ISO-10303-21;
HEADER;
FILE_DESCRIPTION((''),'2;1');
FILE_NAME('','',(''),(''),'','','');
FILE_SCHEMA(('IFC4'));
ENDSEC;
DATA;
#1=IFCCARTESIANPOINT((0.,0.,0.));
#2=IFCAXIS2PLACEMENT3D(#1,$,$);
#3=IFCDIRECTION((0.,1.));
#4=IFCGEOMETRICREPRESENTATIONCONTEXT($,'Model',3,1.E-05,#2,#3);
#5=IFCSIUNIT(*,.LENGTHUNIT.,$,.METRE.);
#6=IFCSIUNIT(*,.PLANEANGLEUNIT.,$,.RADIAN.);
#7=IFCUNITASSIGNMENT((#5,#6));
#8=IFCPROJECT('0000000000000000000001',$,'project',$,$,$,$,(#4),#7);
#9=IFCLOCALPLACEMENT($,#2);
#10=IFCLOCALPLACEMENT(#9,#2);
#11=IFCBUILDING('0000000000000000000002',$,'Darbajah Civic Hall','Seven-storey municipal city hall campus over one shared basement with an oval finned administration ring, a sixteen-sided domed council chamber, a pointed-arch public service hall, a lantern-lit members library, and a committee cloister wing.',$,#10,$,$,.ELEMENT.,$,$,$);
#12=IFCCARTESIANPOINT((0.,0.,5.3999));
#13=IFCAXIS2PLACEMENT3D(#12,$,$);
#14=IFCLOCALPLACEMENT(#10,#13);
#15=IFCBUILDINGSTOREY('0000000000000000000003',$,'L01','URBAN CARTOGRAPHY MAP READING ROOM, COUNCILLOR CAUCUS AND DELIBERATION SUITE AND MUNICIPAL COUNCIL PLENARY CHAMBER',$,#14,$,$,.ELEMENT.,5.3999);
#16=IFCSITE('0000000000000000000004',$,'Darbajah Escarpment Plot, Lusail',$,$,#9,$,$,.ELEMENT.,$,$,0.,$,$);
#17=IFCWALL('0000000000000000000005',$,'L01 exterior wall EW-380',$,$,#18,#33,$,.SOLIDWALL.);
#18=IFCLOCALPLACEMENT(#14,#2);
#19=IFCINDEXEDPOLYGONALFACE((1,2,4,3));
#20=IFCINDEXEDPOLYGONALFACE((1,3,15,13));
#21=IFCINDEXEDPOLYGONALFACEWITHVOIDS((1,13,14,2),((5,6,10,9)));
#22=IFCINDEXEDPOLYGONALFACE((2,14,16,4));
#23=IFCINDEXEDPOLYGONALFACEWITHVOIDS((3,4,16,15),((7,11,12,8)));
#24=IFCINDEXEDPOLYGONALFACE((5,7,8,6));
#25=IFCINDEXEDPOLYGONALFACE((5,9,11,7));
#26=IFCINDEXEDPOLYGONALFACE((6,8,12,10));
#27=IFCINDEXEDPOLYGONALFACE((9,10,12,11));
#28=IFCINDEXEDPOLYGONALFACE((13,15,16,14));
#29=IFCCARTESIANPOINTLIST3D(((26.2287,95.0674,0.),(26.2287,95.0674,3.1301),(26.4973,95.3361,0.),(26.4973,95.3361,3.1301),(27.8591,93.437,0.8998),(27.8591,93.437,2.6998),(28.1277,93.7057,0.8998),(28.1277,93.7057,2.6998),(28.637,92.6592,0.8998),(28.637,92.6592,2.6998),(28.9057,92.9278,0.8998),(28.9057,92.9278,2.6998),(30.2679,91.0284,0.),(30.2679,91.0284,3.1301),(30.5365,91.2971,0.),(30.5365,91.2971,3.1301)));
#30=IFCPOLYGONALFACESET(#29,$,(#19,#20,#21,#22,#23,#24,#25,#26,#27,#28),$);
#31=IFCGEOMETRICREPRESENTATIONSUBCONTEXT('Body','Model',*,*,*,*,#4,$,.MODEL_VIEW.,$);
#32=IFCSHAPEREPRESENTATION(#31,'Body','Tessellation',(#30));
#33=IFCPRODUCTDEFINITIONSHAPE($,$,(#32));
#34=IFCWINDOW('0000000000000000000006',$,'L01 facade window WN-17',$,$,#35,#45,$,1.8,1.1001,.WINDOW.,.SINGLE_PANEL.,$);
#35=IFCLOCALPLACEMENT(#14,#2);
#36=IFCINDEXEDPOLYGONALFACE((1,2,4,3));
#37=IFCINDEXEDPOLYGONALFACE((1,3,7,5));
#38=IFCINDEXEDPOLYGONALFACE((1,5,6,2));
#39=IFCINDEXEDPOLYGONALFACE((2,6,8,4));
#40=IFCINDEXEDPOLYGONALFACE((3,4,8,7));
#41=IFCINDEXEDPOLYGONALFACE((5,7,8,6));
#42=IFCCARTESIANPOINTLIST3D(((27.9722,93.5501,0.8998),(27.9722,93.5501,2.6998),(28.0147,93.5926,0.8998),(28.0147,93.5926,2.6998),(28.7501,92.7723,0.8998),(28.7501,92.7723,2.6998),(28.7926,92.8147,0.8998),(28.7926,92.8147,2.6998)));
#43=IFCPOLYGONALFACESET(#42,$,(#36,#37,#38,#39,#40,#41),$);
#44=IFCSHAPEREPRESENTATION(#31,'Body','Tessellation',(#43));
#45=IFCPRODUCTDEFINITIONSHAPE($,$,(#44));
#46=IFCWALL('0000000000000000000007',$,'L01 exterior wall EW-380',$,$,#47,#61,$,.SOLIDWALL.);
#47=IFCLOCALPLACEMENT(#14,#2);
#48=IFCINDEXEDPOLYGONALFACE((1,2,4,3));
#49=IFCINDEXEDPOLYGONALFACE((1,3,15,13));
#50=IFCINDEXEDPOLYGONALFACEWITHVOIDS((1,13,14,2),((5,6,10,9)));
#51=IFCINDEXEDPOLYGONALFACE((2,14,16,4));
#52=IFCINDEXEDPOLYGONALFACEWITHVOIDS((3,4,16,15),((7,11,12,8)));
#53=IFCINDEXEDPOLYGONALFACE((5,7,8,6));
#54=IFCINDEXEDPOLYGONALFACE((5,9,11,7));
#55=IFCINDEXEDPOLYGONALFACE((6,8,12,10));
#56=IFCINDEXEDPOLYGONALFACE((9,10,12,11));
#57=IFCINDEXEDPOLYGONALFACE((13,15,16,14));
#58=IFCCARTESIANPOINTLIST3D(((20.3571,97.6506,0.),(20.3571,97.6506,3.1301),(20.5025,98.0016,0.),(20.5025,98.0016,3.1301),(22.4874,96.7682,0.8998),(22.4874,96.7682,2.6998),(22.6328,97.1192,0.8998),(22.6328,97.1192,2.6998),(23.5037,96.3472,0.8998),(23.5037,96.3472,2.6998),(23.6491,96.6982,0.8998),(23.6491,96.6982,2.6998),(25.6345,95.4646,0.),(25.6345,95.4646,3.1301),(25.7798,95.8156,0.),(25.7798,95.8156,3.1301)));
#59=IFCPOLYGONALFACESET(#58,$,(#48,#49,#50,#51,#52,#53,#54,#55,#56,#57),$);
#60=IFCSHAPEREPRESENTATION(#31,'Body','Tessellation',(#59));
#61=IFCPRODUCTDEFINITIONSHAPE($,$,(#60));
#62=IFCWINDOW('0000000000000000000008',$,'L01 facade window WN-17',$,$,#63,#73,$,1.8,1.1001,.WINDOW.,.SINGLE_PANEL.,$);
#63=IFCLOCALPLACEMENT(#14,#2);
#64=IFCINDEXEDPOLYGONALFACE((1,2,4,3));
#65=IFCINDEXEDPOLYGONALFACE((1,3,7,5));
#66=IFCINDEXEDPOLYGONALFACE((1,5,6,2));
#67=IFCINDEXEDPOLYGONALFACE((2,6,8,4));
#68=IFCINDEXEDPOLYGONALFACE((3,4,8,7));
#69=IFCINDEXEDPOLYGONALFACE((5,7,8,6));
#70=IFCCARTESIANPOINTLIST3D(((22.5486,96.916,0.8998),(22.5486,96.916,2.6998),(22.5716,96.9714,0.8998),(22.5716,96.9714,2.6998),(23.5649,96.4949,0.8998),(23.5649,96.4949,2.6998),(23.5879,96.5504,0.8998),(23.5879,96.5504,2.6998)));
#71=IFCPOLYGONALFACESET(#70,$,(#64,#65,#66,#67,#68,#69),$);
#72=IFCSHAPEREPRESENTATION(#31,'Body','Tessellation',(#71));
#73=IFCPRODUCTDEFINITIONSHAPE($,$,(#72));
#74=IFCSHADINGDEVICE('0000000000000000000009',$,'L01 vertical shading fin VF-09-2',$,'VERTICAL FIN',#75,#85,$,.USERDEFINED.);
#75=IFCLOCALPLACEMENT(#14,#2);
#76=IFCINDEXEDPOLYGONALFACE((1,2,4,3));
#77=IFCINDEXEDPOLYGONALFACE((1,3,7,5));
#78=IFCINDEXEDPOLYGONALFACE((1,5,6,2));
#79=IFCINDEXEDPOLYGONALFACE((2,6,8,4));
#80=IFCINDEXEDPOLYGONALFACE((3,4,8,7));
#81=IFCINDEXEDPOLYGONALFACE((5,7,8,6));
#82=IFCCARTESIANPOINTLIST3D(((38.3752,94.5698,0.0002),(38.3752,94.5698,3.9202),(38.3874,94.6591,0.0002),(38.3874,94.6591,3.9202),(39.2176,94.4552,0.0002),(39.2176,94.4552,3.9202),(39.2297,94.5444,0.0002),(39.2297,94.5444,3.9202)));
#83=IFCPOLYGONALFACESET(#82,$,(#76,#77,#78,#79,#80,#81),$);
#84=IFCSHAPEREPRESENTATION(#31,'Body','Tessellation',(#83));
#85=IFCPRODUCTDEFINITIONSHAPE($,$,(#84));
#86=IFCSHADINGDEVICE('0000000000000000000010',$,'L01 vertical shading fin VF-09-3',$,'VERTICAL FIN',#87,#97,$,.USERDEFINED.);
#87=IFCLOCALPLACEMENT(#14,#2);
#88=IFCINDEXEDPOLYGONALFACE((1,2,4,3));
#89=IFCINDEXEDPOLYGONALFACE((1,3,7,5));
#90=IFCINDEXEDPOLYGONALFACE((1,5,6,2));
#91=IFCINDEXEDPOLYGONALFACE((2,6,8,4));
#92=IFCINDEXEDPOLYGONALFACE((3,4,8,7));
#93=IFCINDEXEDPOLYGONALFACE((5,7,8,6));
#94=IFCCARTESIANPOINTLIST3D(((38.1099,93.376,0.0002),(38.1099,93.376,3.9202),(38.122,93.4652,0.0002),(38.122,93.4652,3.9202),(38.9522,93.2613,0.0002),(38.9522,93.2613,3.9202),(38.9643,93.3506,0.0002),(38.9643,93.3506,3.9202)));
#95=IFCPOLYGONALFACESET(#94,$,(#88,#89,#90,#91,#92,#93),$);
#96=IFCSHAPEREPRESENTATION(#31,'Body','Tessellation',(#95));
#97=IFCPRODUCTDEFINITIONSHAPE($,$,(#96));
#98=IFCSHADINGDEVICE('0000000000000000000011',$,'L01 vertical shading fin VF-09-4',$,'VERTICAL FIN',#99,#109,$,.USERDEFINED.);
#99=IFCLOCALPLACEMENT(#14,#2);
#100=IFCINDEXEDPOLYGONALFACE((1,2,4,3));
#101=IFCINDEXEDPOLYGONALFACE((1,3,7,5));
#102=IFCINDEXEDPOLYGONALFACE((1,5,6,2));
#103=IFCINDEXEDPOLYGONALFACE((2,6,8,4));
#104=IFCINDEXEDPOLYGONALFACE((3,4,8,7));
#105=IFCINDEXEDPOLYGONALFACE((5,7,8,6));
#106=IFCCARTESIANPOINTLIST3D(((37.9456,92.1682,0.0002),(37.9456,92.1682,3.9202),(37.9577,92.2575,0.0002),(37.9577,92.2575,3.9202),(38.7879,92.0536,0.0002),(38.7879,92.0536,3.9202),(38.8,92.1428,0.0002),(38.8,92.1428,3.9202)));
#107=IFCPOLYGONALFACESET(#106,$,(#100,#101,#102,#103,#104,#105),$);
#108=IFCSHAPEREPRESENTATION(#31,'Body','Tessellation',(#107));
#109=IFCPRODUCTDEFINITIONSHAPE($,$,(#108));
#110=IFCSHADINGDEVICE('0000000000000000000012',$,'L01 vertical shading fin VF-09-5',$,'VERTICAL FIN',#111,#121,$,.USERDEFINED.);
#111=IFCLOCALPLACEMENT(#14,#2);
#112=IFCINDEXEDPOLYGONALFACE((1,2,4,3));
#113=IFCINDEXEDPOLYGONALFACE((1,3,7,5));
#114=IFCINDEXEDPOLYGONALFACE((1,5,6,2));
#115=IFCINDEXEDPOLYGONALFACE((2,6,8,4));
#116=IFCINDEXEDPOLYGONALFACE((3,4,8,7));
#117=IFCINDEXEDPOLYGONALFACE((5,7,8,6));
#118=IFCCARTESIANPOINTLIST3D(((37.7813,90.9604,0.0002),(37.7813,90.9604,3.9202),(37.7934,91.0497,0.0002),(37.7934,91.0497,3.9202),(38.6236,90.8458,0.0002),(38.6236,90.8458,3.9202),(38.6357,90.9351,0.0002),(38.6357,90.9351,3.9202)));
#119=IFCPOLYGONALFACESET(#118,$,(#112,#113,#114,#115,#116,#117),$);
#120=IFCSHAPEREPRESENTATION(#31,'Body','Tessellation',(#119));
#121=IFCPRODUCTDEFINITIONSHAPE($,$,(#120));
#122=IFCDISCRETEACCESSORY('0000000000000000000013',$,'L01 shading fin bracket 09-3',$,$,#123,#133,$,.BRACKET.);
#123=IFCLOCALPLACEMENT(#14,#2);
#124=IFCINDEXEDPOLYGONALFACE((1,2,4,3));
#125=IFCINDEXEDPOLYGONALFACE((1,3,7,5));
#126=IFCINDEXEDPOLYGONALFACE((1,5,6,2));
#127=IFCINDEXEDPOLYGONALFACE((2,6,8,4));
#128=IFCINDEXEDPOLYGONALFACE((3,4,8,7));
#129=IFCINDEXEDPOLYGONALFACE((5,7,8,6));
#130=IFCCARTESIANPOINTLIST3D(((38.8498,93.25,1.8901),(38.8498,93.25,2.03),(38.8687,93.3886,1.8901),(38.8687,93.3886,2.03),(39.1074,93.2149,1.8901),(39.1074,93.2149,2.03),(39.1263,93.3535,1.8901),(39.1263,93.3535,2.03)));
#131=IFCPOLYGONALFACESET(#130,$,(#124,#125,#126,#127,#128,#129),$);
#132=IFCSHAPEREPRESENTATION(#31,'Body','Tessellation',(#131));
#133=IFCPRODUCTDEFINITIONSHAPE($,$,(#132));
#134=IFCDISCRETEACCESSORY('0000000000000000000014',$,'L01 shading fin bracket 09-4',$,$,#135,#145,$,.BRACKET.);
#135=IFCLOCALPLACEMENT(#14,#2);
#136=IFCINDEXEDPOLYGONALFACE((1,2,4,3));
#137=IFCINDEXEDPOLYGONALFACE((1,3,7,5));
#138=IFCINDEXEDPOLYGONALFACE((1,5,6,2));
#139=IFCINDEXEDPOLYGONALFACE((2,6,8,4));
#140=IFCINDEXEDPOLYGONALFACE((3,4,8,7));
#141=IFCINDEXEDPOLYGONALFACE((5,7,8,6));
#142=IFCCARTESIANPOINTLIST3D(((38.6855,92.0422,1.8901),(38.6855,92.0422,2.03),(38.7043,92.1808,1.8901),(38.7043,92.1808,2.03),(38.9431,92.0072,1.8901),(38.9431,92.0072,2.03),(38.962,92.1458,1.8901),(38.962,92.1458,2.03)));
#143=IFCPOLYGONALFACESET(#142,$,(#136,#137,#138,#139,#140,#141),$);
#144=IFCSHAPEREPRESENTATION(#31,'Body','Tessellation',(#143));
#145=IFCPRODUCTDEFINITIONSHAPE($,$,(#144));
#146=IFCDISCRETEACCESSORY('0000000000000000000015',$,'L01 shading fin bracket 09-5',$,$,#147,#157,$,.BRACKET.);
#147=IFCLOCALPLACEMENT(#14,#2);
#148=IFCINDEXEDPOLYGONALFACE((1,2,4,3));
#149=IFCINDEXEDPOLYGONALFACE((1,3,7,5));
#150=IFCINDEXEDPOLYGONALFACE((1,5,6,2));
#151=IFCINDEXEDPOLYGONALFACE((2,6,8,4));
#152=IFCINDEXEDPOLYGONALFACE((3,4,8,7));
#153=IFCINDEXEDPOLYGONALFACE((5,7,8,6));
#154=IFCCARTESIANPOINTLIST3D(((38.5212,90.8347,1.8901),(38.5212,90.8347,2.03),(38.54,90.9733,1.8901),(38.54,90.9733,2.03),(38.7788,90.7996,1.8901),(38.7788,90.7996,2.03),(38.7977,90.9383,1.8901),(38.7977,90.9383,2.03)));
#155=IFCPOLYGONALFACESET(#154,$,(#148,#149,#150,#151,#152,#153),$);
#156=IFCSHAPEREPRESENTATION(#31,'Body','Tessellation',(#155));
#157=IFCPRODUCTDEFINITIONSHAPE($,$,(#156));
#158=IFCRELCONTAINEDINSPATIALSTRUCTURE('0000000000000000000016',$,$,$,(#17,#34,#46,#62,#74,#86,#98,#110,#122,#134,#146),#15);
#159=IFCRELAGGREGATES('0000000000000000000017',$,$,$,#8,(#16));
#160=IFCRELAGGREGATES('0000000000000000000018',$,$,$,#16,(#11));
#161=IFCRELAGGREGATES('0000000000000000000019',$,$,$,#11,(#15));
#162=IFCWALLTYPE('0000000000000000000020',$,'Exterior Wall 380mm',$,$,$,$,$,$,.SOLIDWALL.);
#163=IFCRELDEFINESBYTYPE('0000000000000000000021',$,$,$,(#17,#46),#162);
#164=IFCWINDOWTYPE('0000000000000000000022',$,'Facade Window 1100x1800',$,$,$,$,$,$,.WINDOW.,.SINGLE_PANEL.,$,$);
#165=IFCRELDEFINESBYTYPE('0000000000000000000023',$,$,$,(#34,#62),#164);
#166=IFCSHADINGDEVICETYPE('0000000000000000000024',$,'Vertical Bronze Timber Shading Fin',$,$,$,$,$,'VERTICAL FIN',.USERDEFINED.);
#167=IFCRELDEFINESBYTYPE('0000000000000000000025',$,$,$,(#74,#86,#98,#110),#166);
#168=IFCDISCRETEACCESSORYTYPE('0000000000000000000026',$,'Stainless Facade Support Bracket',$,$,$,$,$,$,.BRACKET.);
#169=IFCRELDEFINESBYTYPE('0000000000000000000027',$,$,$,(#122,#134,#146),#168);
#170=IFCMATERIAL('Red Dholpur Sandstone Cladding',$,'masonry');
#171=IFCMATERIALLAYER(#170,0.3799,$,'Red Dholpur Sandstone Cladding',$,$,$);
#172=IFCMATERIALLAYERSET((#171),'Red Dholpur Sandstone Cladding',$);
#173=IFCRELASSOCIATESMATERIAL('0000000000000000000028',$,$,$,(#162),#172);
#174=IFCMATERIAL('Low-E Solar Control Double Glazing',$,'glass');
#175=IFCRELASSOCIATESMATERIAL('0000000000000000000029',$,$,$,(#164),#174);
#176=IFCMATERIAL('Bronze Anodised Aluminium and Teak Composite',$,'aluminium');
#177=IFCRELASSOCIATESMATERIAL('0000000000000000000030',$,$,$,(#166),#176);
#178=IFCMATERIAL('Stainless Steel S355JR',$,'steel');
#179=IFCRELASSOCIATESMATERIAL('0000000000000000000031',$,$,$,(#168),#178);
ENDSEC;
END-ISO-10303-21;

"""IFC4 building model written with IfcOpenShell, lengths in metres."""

from ifc_helpers import new_model, si_unit, direction, frame, frame_2d, origin, origin_2d, place, context, subcontext, project, spatial, rectangle, extrude, material, layer, layer_set, type_object, element, fill, save


model = new_model("IFC4")

# Units and contexts
model_context = context("Model", 3, precision=1e-05, world=origin(), true_north=direction((0.0, 1.0)))
body_context = subcontext(model_context, "Body", "Model", "MODEL_VIEW")
ifc_project = project(units=[si_unit("LENGTHUNIT", "METRE"), si_unit("PLANEANGLEUNIT", "RADIAN")], contexts=[model_context])

# Site, building, storey
site_placement = place(None, origin())
site = spatial("IfcSite", under=ifc_project, at=site_placement, Name="Darbajah Escarpment Plot, Lusail", CompositionType="ELEMENT", RefElevation=0.0)
building_placement = place(site_placement, origin())
building = spatial("IfcBuilding", under=site, at=building_placement, Name="Darbajah Civic Hall", Description="Seven-storey municipal city hall campus over one shared basement with an oval finned administration ring, a sixteen-sided domed council chamber, a pointed-arch public service hall, a lantern-lit members library, and a committee cloister wing.", CompositionType="ELEMENT")
storey_placement = place(building_placement, frame((0.0, 0.0, 5.3999)))
storey = spatial("IfcBuildingStorey", under=building, at=storey_placement, Name="L01", Description="URBAN CARTOGRAPHY MAP READING ROOM, COUNCILLOR CAUCUS AND DELIBERATION SUITE AND MUNICIPAL COUNCIL PLENARY CHAMBER", CompositionType="ELEMENT", Elevation=5.3999)

# Shared definitions
ifc_material_1 = material(Name="Low-E Solar Control Double Glazing", Category="glass")

# Walls, openings, windows
ifc_material_2 = material(Name="Red Dholpur Sandstone Cladding", Category="masonry")
ifc_layer_1 = layer(ifc_material_2, 0.3799, Name="Red Dholpur Sandstone Cladding")
ifc_layer_set_1 = layer_set([ifc_layer_1], Name="Red Dholpur Sandstone Cladding")
wall_type = type_object("IfcWallType", Name="Exterior Wall 380mm", PredefinedType="SOLIDWALL", material=ifc_layer_set_1)
wall_1_placement = place(storey_placement, frame((30.4021, 91.1628, 0.0), z_axis=(0.0, 0.0, 1.0), x_axis=(-0.707128, 0.707085, 0.0)))
wall_1 = element("IfcWall", 1, at=wall_1_placement, inside=storey, type_object=wall_type, Name="L01 exterior wall EW-380", PredefinedType="SOLIDWALL", context=body_context, shape_type="SweptSolid", body=[
    extrude(rectangle(XDim=5.7122, YDim=0.3799, at=frame_2d((2.856, 0.0))), origin(), (0.0, 0.0, 1.0), 3.1301),
])
opening_1_placement = place(wall_1_placement, frame((2.3062, 0.0, 0.8999)))
opening_1 = element("IfcOpeningElement", 2, at=opening_1_placement, cuts=wall_1, PredefinedType="OPENING", context=body_context, shape_type="SweptSolid", body=[
    extrude(rectangle(XDim=1.1001, YDim=1.8, at=frame_2d((0.55, 0.8999))), frame((0.0, 0.2, 0.0), z_axis=(0.0, -1.0, 0.0), x_axis=(1.0, 0.0, 0.0)), (0.0, 0.0, 1.0), 0.3999),
])
window_type = type_object("IfcWindowType", Name="Facade Window 1100x1800", PartitioningType="SINGLE_PANEL", PredefinedType="WINDOW", material=ifc_material_1)
window_1_placement = place(opening_1_placement, origin())
window_1 = element("IfcWindow", 3, at=window_1_placement, inside=storey, type_object=window_type, Name="L01 facade window WN-17", OverallHeight=1.8, OverallWidth=1.1001, PartitioningType="SINGLE_PANEL", PredefinedType="WINDOW", context=body_context, shape_type="SweptSolid", body=[
    extrude(rectangle(XDim=1.1001, YDim=1.8, at=frame_2d((0.55, 0.8999))), frame((0.0, 0.03, 0.0), z_axis=(0.0, -1.0, 0.0), x_axis=(1.0, 0.0, 0.0)), (0.0, 0.0, 1.0), 0.0601),
])
fill(opening_1, window_1)
wall_2_placement = place(storey_placement, frame((25.707, 95.6401, 0.0), z_axis=(0.0, 0.0, 1.0), x_axis=(-0.923874, 0.382697, 0.0)))
wall_2 = element("IfcWall", 4, at=wall_2_placement, inside=storey, type_object=wall_type, Name="L01 exterior wall EW-380", PredefinedType="SOLIDWALL", context=body_context, shape_type="SweptSolid", body=[
    extrude(rectangle(XDim=5.7122, YDim=0.3799, at=frame_2d((2.856, 0.0))), origin(), (0.0, 0.0, 1.0), 3.1301),
])
opening_2_placement = place(wall_2_placement, frame((2.3062, 0.0, 0.8999)))
opening_2 = element("IfcOpeningElement", 5, at=opening_2_placement, cuts=wall_2, PredefinedType="OPENING", context=body_context, shape_type="SweptSolid", body=[
    extrude(rectangle(XDim=1.1001, YDim=1.8, at=frame_2d((0.55, 0.8999))), frame((0.0, 0.2, 0.0), z_axis=(0.0, -1.0, 0.0), x_axis=(1.0, 0.0, 0.0)), (0.0, 0.0, 1.0), 0.3999),
])
window_2_placement = place(opening_2_placement, origin())
window_2 = element("IfcWindow", 6, at=window_2_placement, inside=storey, type_object=window_type, Name="L01 facade window WN-17", OverallHeight=1.8, OverallWidth=1.1001, PartitioningType="SINGLE_PANEL", PredefinedType="WINDOW", context=body_context, shape_type="SweptSolid", body=[
    extrude(rectangle(XDim=1.1001, YDim=1.8, at=frame_2d((0.55, 0.8999))), frame((0.0, 0.03, 0.0), z_axis=(0.0, -1.0, 0.0), x_axis=(1.0, 0.0, 0.0)), (0.0, 0.0, 1.0), 0.0601),
])
fill(opening_2, window_2)

# Shading devices
ifc_material_3 = material(Name="Bronze Anodised Aluminium and Teak Composite", Category="aluminium")
shading_device_type = type_object("IfcShadingDeviceType", Name="Vertical Bronze Timber Shading Fin", ElementType="VERTICAL FIN", PredefinedType="USERDEFINED", material=ifc_material_3)
for number, where, z_axis, x_axis, name in (
    (7, (38.8025, 94.5571, 0.0002), (0.0, 0.0, 1.0), (-0.990866, 0.134851, 0.0), "L01 vertical shading fin VF-09-2"),
    (8, (38.5371, 93.3633, 0.0002), (0.0, 0.0, 1.0), (-0.990866, 0.134851, 0.0), "L01 vertical shading fin VF-09-3"),
    (9, (38.3728, 92.1555, 0.0002), (0.0, 0.0, 1.0), (-0.990866, 0.134851, 0.0), "L01 vertical shading fin VF-09-4"),
    (10, (38.2085, 90.9478, 0.0002), (0.0, 0.0, 1.0), (-0.990866, 0.134851, 0.0), "L01 vertical shading fin VF-09-5"),
):
    element("IfcShadingDevice", number, at=place(storey_placement, frame(where, z_axis=z_axis, x_axis=x_axis)), inside=storey, type_object=shading_device_type, Name=name, ObjectType="VERTICAL FIN", PredefinedType="USERDEFINED", context=body_context, shape_type="SweptSolid", body=[
        extrude(rectangle(XDim=0.8501, YDim=0.0901, at=origin_2d()), origin(), (0.0, 0.0, 1.0), 3.9199),
    ])

# Discrete accessories
ifc_material_4 = material(Name="Stainless Steel S355JR", Category="steel")
discrete_accessory_type = type_object("IfcDiscreteAccessoryType", Name="Stainless Facade Support Bracket", PredefinedType="BRACKET", material=ifc_material_4)
for number, where, z_axis, x_axis, name in (
    (11, (38.988, 93.3018, 1.8901), (0.0, 0.0, 1.0), (-0.990866, 0.134851, 0.0), "L01 shading fin bracket 09-3"),
    (12, (38.8237, 92.094, 1.8901), (0.0, 0.0, 1.0), (-0.990866, 0.134851, 0.0), "L01 shading fin bracket 09-4"),
    (13, (38.6594, 90.8865, 1.8901), (0.0, 0.0, 1.0), (-0.990866, 0.134851, 0.0), "L01 shading fin bracket 09-5"),
):
    element("IfcDiscreteAccessory", number, at=place(storey_placement, frame(where, z_axis=z_axis, x_axis=x_axis)), inside=storey, type_object=discrete_accessory_type, Name=name, PredefinedType="BRACKET", context=body_context, shape_type="SweptSolid", body=[
        extrude(rectangle(XDim=0.26, YDim=0.1399, at=origin_2d()), origin(), (0.0, 0.0, 1.0), 0.1399),
    ])

save(model, "model.ifc")
